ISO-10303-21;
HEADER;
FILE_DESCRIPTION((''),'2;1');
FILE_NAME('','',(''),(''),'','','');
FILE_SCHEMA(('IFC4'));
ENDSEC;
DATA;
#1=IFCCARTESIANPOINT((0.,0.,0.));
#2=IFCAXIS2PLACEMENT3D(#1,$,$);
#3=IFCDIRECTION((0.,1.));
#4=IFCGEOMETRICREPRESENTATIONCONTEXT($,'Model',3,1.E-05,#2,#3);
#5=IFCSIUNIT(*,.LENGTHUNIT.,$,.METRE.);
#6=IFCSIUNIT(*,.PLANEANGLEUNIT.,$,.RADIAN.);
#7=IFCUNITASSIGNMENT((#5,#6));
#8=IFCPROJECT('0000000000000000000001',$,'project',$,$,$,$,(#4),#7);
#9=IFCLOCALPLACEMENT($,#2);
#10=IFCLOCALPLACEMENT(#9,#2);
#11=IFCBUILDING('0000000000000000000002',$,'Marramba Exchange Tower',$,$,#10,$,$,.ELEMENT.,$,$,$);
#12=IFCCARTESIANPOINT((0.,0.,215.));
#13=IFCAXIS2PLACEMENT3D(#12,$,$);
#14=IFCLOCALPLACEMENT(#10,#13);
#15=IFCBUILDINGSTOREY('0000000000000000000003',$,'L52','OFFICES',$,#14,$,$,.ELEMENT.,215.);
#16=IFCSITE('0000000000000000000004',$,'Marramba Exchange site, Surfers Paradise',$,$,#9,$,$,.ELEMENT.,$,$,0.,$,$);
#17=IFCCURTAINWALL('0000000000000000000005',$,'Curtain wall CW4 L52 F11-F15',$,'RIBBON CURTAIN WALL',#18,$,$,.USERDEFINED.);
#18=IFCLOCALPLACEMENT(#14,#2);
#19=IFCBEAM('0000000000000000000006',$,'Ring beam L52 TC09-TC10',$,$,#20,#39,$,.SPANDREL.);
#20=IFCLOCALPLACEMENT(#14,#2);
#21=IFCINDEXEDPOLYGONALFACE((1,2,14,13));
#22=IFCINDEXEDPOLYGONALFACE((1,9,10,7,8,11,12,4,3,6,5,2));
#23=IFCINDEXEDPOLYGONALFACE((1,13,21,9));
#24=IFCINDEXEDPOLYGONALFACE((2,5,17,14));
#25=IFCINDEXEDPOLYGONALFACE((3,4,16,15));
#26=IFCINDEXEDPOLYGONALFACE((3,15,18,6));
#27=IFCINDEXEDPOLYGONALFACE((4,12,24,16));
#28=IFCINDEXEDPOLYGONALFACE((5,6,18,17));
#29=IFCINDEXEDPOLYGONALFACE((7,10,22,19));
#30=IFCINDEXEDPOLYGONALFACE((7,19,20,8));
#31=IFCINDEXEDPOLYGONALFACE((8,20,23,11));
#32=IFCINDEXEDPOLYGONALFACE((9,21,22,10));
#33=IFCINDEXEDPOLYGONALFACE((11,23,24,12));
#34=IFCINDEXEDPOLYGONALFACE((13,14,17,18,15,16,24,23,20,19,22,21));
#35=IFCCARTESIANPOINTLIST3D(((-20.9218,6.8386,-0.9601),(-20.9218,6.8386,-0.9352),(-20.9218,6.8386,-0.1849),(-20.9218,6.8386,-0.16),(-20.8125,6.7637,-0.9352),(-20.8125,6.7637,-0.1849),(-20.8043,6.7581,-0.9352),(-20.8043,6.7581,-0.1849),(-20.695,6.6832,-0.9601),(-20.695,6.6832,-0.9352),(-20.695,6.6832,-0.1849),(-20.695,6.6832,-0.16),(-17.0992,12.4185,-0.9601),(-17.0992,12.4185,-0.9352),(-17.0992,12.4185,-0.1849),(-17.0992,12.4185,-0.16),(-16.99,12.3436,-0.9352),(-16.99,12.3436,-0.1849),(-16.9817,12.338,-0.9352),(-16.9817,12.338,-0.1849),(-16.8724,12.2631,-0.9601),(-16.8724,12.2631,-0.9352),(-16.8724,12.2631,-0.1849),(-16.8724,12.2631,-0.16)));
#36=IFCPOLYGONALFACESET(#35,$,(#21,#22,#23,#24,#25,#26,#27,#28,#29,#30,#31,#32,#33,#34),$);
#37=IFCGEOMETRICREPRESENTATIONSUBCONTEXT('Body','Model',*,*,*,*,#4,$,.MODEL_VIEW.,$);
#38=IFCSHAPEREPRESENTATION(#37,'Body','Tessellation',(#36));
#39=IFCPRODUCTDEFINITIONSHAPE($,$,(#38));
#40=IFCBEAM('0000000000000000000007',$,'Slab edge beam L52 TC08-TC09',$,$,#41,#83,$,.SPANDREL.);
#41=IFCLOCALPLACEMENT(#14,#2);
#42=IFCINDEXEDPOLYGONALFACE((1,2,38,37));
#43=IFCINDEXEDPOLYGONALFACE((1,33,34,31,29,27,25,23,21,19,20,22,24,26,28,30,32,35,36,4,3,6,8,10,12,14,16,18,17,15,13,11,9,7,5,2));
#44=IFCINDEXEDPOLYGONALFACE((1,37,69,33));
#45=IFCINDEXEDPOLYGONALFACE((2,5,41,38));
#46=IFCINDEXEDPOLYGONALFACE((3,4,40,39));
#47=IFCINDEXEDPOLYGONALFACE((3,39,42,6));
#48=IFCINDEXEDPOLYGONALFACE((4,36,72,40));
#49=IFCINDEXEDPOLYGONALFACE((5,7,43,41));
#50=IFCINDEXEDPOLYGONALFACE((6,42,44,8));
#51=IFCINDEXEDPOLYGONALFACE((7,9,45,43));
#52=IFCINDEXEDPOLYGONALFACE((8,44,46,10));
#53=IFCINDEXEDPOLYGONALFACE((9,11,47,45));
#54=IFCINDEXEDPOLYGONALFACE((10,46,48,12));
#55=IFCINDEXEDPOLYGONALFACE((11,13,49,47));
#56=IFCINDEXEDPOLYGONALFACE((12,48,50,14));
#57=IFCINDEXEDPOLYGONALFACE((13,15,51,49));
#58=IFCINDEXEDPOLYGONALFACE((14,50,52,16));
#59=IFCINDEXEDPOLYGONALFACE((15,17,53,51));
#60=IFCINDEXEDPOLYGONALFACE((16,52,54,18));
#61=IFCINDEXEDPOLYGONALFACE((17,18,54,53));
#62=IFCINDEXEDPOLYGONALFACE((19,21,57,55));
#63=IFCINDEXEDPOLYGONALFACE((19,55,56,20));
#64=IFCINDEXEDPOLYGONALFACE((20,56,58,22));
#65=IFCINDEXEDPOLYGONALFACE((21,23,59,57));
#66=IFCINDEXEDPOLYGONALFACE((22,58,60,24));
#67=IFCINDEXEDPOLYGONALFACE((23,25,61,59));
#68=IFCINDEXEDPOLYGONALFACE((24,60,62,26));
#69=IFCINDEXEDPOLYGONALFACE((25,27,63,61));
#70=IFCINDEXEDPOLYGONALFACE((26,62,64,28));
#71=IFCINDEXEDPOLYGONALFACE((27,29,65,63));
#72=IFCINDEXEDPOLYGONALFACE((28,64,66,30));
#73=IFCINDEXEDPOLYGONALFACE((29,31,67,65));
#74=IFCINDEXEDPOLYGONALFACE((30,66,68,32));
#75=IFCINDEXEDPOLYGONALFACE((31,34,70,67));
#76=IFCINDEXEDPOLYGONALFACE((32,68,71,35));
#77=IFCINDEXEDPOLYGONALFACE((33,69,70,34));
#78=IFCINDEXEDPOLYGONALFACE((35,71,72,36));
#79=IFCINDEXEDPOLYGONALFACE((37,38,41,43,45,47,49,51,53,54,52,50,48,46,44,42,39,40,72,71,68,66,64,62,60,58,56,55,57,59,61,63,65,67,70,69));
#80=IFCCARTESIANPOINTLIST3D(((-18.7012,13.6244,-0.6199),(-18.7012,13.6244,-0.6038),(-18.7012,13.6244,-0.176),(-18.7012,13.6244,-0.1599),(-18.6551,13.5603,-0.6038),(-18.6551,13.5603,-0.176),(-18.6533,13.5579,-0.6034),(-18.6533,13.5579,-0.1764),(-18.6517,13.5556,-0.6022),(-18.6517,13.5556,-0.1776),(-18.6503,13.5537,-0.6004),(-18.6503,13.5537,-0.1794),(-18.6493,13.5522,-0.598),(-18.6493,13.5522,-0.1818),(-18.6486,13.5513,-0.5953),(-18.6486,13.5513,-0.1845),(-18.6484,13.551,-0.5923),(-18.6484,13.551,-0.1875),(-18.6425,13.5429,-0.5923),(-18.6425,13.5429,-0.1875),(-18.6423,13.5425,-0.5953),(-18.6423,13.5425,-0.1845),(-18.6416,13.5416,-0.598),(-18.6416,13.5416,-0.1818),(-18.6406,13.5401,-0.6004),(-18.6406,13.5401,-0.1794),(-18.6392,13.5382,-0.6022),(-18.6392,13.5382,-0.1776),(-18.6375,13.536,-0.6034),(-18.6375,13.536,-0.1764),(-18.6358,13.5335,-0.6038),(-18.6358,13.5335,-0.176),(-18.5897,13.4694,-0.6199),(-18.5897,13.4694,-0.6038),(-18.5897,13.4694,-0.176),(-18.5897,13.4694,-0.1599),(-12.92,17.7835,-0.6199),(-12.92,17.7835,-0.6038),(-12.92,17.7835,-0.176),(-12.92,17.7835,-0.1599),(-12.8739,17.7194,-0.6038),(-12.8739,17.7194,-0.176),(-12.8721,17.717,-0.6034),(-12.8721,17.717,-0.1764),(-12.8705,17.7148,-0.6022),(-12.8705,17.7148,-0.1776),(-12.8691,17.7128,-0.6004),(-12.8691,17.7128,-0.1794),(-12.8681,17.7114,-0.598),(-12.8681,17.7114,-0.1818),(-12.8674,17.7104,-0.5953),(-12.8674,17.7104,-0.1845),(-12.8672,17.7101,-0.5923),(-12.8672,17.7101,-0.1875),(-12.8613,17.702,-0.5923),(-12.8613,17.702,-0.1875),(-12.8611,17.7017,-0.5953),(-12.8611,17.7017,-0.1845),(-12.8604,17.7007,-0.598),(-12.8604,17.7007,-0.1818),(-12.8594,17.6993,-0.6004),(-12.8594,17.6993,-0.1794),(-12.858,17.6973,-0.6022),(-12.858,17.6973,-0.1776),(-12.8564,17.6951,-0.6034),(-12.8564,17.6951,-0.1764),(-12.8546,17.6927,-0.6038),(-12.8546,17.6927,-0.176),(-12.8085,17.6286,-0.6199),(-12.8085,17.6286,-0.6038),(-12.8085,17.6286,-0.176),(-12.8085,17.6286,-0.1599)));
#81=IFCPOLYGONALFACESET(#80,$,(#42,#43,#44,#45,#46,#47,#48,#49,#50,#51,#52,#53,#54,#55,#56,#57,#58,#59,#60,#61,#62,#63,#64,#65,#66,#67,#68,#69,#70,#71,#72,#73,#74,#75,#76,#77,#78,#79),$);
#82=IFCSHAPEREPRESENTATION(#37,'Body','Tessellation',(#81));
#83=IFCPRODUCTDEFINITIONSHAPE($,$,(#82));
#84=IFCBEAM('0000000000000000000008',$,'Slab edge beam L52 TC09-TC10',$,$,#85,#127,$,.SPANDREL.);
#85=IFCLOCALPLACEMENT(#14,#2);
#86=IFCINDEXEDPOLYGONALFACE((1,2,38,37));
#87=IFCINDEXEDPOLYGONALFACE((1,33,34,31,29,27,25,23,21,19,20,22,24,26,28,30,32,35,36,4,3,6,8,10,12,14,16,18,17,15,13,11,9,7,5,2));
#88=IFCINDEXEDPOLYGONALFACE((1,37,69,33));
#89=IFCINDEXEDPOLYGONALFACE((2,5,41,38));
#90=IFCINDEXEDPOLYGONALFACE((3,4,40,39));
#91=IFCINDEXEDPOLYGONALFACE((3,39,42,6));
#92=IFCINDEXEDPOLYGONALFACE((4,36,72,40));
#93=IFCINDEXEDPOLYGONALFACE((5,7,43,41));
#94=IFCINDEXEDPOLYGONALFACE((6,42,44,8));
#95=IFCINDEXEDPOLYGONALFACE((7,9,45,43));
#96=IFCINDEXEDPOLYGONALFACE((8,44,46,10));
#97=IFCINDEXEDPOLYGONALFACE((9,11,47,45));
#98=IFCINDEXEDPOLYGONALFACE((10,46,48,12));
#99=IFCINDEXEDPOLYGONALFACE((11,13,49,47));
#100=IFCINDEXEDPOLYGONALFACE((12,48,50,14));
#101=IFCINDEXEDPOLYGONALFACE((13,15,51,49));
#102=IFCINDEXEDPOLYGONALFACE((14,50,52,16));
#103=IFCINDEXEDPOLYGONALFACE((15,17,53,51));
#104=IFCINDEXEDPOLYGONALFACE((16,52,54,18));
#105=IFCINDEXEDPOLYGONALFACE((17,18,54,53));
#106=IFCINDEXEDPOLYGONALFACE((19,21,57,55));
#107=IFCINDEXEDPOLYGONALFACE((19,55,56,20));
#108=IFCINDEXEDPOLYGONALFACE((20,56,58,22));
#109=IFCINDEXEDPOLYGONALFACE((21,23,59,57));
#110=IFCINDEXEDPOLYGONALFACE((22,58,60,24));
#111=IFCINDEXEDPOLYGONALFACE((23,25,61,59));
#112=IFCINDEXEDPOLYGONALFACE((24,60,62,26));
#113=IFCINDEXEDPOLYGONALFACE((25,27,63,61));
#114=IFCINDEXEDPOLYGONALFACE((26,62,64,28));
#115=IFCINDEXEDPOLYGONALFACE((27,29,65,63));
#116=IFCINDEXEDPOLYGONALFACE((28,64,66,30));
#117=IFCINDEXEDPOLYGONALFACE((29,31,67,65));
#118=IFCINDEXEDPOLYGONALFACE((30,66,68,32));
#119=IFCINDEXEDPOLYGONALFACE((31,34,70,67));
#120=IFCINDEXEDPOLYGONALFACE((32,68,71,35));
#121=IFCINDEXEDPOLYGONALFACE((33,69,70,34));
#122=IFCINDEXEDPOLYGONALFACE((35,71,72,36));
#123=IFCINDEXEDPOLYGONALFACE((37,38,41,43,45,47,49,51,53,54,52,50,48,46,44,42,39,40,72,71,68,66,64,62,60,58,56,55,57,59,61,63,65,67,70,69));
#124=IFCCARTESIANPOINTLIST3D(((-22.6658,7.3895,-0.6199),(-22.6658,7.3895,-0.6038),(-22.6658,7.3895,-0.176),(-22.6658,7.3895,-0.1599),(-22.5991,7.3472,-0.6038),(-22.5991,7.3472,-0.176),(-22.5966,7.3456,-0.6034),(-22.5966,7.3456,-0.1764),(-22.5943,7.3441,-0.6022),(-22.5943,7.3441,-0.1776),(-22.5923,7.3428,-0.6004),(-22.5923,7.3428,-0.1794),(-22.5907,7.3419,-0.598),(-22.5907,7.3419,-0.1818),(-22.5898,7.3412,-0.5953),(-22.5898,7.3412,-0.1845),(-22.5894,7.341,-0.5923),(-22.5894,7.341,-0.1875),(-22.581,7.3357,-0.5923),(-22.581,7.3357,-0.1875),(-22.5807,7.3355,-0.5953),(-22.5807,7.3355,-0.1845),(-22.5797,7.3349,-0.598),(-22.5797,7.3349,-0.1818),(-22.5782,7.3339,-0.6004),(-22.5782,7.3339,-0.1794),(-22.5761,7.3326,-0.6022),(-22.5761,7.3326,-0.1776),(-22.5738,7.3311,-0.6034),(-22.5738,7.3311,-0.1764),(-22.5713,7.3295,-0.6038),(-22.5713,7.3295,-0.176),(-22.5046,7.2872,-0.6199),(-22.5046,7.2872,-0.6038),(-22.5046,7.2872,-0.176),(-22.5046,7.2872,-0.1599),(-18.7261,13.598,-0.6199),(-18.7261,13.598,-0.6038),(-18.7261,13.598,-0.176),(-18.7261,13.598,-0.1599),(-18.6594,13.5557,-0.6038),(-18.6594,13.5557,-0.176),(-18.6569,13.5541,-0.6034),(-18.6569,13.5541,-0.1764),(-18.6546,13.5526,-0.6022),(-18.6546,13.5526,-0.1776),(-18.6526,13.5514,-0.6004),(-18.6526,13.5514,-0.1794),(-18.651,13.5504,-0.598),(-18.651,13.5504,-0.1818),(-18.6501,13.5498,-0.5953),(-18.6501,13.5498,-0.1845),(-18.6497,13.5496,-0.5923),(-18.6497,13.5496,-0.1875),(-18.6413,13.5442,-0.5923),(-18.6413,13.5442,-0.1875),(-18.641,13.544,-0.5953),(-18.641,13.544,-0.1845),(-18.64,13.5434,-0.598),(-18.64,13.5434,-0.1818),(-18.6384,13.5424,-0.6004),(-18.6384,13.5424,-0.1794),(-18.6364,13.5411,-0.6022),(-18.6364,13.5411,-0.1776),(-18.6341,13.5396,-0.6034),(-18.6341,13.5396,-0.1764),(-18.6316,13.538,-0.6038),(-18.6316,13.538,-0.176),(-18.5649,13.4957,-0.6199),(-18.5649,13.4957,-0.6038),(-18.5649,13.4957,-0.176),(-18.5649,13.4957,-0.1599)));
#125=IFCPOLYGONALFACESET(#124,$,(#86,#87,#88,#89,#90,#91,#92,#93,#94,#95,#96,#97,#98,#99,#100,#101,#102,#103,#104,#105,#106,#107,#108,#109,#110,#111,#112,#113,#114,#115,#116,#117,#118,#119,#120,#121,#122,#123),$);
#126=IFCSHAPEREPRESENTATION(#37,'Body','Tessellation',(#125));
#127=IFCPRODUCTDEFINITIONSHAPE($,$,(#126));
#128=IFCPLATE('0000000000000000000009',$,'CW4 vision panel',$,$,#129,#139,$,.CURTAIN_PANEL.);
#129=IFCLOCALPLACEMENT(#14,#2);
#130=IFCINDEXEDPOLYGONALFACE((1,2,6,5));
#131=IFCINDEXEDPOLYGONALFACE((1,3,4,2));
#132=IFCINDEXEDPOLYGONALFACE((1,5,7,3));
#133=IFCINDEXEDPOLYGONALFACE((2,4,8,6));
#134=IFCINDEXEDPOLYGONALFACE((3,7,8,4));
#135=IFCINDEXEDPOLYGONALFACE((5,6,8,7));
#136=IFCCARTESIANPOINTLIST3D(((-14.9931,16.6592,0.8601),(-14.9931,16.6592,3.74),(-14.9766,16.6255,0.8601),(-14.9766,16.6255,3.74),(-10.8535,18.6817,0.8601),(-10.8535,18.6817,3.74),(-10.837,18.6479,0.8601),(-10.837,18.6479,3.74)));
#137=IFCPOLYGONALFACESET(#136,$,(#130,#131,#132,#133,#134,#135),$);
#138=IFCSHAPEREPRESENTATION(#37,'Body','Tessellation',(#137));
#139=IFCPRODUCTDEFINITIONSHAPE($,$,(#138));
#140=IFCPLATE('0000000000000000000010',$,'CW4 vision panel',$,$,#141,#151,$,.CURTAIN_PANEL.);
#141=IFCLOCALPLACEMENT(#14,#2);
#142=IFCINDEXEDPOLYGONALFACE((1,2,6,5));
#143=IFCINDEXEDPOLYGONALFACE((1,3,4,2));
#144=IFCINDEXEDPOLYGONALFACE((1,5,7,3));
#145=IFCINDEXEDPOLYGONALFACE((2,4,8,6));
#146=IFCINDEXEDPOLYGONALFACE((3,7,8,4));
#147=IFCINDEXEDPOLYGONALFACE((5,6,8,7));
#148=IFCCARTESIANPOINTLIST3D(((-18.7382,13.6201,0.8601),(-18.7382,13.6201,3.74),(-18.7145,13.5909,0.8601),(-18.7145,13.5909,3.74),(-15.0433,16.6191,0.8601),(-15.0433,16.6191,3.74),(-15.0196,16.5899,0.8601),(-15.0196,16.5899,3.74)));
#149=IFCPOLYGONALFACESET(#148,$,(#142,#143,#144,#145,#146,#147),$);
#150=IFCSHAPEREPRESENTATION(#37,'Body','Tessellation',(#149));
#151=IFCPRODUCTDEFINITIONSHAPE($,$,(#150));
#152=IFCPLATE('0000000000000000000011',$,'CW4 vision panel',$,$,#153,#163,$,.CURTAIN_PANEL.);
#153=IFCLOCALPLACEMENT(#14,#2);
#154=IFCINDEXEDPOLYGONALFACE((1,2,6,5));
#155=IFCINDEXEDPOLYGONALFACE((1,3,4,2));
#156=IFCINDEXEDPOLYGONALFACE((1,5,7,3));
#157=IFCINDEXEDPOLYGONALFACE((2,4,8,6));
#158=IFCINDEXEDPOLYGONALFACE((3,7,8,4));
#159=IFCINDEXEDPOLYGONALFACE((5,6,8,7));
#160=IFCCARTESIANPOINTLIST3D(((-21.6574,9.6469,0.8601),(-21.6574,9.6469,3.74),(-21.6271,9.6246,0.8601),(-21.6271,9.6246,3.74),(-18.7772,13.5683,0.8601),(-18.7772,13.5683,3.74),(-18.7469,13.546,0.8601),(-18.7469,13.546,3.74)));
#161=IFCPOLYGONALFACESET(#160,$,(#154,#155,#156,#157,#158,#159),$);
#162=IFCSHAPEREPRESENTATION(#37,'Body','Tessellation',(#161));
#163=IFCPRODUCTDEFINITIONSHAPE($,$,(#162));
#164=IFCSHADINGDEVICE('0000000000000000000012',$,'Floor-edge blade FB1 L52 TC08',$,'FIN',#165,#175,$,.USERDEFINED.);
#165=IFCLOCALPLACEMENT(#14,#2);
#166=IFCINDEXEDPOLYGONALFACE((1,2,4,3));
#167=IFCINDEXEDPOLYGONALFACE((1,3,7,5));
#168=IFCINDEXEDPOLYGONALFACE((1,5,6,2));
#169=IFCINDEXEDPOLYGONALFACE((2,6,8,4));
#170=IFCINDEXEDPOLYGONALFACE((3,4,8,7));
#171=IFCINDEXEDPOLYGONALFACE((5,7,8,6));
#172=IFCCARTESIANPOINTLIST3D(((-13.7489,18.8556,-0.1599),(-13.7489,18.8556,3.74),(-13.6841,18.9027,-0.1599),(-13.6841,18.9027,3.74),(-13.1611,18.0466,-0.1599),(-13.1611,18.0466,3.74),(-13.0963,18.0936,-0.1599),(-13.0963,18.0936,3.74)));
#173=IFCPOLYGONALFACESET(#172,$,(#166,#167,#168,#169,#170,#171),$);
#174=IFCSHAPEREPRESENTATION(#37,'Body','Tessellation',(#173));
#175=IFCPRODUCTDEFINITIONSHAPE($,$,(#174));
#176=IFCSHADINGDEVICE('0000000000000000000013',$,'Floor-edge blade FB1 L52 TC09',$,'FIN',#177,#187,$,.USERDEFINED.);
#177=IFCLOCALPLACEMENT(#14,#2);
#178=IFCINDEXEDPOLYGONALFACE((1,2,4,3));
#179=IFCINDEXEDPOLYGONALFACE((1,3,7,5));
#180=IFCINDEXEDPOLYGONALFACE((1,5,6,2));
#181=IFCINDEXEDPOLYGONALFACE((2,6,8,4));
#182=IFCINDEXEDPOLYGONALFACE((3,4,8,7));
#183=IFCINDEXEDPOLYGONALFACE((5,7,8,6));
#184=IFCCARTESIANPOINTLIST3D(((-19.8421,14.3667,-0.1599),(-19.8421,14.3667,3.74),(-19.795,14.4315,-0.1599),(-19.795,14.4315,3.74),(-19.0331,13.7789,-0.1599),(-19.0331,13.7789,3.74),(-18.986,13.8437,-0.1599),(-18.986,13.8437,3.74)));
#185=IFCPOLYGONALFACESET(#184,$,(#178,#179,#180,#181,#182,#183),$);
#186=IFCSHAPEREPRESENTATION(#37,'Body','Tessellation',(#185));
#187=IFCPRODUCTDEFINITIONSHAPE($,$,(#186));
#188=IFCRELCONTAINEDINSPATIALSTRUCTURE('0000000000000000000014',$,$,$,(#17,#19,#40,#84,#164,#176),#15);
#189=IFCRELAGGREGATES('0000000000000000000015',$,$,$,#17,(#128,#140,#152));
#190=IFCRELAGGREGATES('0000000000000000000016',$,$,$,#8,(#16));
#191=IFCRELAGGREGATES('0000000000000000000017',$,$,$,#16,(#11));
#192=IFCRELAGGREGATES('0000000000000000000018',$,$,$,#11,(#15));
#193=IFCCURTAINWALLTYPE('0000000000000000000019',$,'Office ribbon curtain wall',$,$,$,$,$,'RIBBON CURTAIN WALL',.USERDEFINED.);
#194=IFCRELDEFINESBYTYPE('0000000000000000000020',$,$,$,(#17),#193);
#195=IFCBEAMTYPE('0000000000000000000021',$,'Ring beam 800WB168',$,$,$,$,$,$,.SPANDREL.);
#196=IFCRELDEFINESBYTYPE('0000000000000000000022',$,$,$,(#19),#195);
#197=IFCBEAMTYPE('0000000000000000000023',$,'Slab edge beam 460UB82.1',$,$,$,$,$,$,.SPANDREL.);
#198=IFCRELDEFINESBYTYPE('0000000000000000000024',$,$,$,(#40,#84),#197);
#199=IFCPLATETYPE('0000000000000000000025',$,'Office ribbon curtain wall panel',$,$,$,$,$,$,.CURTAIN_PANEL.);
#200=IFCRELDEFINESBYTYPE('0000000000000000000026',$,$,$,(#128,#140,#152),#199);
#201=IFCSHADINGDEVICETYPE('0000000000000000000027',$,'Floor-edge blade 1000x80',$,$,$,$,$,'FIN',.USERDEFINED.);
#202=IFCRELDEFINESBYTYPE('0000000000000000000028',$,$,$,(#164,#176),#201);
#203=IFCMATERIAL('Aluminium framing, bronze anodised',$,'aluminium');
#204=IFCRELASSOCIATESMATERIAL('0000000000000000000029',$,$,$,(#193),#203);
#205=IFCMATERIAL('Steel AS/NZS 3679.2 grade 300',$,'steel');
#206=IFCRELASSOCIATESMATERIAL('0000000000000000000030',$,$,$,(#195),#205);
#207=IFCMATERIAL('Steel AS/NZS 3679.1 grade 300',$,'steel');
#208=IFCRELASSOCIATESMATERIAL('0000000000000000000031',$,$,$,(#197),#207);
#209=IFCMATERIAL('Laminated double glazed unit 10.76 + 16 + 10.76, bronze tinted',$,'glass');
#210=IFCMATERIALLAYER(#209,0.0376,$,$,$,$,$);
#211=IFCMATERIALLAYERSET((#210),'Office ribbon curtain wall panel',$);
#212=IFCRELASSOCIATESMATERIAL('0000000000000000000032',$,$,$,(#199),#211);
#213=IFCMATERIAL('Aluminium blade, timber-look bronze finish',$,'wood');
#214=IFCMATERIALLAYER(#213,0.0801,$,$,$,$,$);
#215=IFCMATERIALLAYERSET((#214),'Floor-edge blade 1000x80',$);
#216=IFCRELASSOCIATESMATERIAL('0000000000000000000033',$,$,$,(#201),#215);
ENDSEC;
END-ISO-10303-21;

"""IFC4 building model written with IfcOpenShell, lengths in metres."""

from ifc_helpers import new_model, si_unit, direction, frame, origin, origin_2d, place, context, subcontext, project, spatial, rectangle, i_section, extrude, material, layer, layer_set, material_profile, profile_set, type_object, element, aggregate, save


model = new_model("IFC4")

# Units and contexts
model_context = context("Model", 3, precision=1e-05, world=origin(), true_north=direction((0.0, 1.0)))
body_context = subcontext(model_context, "Body", "Model", "MODEL_VIEW")
ifc_project = project(units=[si_unit("LENGTHUNIT", "METRE"), si_unit("PLANEANGLEUNIT", "RADIAN")], contexts=[model_context])

# Site, building, storey
site_placement = place(None, origin())
site = spatial("IfcSite", under=ifc_project, at=site_placement, Name="Marramba Exchange site, Surfers Paradise", CompositionType="ELEMENT", RefElevation=0.0)
building_placement = place(site_placement, origin())
building = spatial("IfcBuilding", under=site, at=building_placement, Name="Marramba Exchange Tower", CompositionType="ELEMENT")
storey_placement = place(building_placement, frame((0.0, 0.0, 215.0)))
storey = spatial("IfcBuildingStorey", under=building, at=storey_placement, Name="L52", Description="OFFICES", CompositionType="ELEMENT", Elevation=215.0)

# Shared definitions
ifc_material_1 = material(Name="Steel AS/NZS 3679.2 grade 300", Category="steel")
ifc_material_2 = material(Name="Steel AS/NZS 3679.1 grade 300", Category="steel")

# Curtain wall
ifc_material_3 = material(Name="Aluminium framing, bronze anodised", Category="aluminium")
curtain_wall_type = type_object("IfcCurtainWallType", Name="Office ribbon curtain wall", ElementType="RIBBON CURTAIN WALL", PredefinedType="USERDEFINED", material=ifc_material_3)
curtain_wall_placement = place(storey_placement, origin())
curtain_wall = element("IfcCurtainWall", 1, at=curtain_wall_placement, inside=storey, type_object=curtain_wall_type, Name="Curtain wall CW4 L52 F11-F15", ObjectType="RIBBON CURTAIN WALL", PredefinedType="USERDEFINED")

# Beams
ifc_material_profile_1 = material_profile(ifc_material_1, i_section(OverallWidth=0.2749, OverallDepth=0.8, WebThickness=0.01, FlangeThickness=0.0249, at=origin_2d()), Name="800WB168")
ifc_profile_set_1 = profile_set([ifc_material_profile_1], Name="Steel AS/NZS 3679.2 grade 300")
beam_type_1 = type_object("IfcBeamType", Name="Ring beam 800WB168", PredefinedType="SPANDREL", material=ifc_profile_set_1)
beam_1_placement = place(storey_placement, frame((-16.9858, 12.3408, -0.5601), z_axis=(-0.56516, -0.824981, 0.0), x_axis=(0.824981, -0.56516, 0.0)))
element("IfcBeam", 2, at=beam_1_placement, inside=storey, type_object=beam_type_1, Name="Ring beam L52 TC09-TC10", PredefinedType="SPANDREL", context=body_context, shape_type="SweptSolid", body=[
    extrude(i_section(OverallWidth=0.2749, OverallDepth=0.8, WebThickness=0.01, FlangeThickness=0.0249, at=origin_2d()), origin(), (0.0, 0.0, 1.0), 6.7637),
])
ifc_material_profile_2 = material_profile(ifc_material_2, i_section(OverallWidth=0.1909, OverallDepth=0.46, WebThickness=0.01, FlangeThickness=0.0161, FilletRadius=0.0115, at=origin_2d()), Name="460UB82.1")
ifc_profile_set_2 = profile_set([ifc_material_profile_2], Name="Steel AS/NZS 3679.1 grade 300")
beam_type_2 = type_object("IfcBeamType", Name="Slab edge beam 460UB82.1", PredefinedType="SPANDREL", material=ifc_profile_set_2)
beam_2_placement = place(storey_placement, frame((-12.8643, 17.7061, -0.3899), z_axis=(-0.811755, -0.583998, 0.0), x_axis=(0.583998, -0.811755, 0.0)))
element("IfcBeam", 3, at=beam_2_placement, inside=storey, type_object=beam_type_2, Name="Slab edge beam L52 TC08-TC09", PredefinedType="SPANDREL", context=body_context, shape_type="SweptSolid", body=[
    extrude(i_section(OverallWidth=0.1909, OverallDepth=0.46, WebThickness=0.01, FlangeThickness=0.0161, FilletRadius=0.0115, at=origin_2d()), origin(), (0.0, 0.0, 1.0), 7.1218),
])
beam_3_placement = place(storey_placement, frame((-18.6455, 13.5469, -0.3899), z_axis=(-0.535794, -0.844348, 0.0), x_axis=(0.844348, -0.535794, 0.0)))
element("IfcBeam", 4, at=beam_3_placement, inside=storey, type_object=beam_type_2, Name="Slab edge beam L52 TC09-TC10", PredefinedType="SPANDREL", context=body_context, shape_type="SweptSolid", body=[
    extrude(i_section(OverallWidth=0.1909, OverallDepth=0.46, WebThickness=0.01, FlangeThickness=0.0161, FilletRadius=0.0115, at=origin_2d()), origin(), (0.0, 0.0, 1.0), 7.353),
])

# Plates
ifc_material_4 = material(Name="Laminated double glazed unit 10.76 + 16 + 10.76, bronze tinted", Category="glass")
ifc_layer_1 = layer(ifc_material_4, 0.0376)
ifc_layer_set_1 = layer_set([ifc_layer_1], Name="Office ribbon curtain wall panel")
plate_type = type_object("IfcPlateType", Name="Office ribbon curtain wall panel", PredefinedType="CURTAIN_PANEL", material=ifc_layer_set_1)
plate_1_placement = place(storey_placement, frame((-12.915, 17.6536, 0.8601), z_axis=(0.0, 0.0, 1.0), x_axis=(-0.898501, -0.438972, 0.0)))
plate_1 = element("IfcPlate", 5, at=plate_1_placement, type_object=plate_type, Name="CW4 vision panel", PredefinedType="CURTAIN_PANEL", context=body_context, shape_type="SweptSolid", body=[
    extrude(rectangle(XDim=4.6072, YDim=0.0376, at=origin_2d()), origin(), (0.0, 0.0, 1.0), 2.8799),
])
plate_2_placement = place(storey_placement, frame((-16.8789, 15.105, 0.8601), z_axis=(0.0, 0.0, 1.0), x_axis=(-0.776432, -0.630201, 0.0)))
plate_2 = element("IfcPlate", 6, at=plate_2_placement, type_object=plate_type, Name="CW4 vision panel", PredefinedType="CURTAIN_PANEL", context=body_context, shape_type="SweptSolid", body=[
    extrude(rectangle(XDim=4.7588, YDim=0.0376, at=origin_2d()), origin(), (0.0, 0.0, 1.0), 2.8799),
])
plate_3_placement = place(storey_placement, frame((-20.2021, 11.5964, 0.8601), z_axis=(0.0, 0.0, 1.0), x_axis=(-0.591963, -0.805965, 0.0)))
plate_3 = element("IfcPlate", 7, at=plate_3_placement, type_object=plate_type, Name="CW4 vision panel", PredefinedType="CURTAIN_PANEL", context=body_context, shape_type="SweptSolid", body=[
    extrude(rectangle(XDim=4.8655, YDim=0.0376, at=origin_2d()), origin(), (0.0, 0.0, 1.0), 2.8799),
])
aggregate(curtain_wall, [plate_1, plate_2, plate_3])

# Shading devices
ifc_material_5 = material(Name="Aluminium blade, timber-look bronze finish", Category="wood")
ifc_layer_2 = layer(ifc_material_5, 0.0801)
ifc_layer_set_2 = layer_set([ifc_layer_2], Name="Floor-edge blade 1000x80")
shading_device_type_1 = type_object("IfcShadingDeviceType", Name="Floor-edge blade 1000x80", ElementType="FIN", PredefinedType="USERDEFINED", material=ifc_layer_set_2)
for number, where, z_axis, x_axis, name in (
    (8, (-13.4226, 18.4746, -0.1599), (0.0, 0.0, 1.0), (-0.587785, 0.809017, 0.0), "Floor-edge blade FB1 L52 TC08"),
    (9, (-19.4141, 14.1052, -0.1599), (0.0, 0.0, 1.0), (-0.809017, 0.587785, 0.0), "Floor-edge blade FB1 L52 TC09"),
):
    element("IfcShadingDevice", number, at=place(storey_placement, frame(where, z_axis=z_axis, x_axis=x_axis)), inside=storey, type_object=shading_device_type_1, Name=name, ObjectType="FIN", PredefinedType="USERDEFINED", context=body_context, shape_type="SweptSolid", body=[
        extrude(rectangle(XDim=1.0, YDim=0.0801, at=origin_2d()), origin(), (0.0, 0.0, 1.0), 3.8999),
    ])

save(model, "model.ifc")
